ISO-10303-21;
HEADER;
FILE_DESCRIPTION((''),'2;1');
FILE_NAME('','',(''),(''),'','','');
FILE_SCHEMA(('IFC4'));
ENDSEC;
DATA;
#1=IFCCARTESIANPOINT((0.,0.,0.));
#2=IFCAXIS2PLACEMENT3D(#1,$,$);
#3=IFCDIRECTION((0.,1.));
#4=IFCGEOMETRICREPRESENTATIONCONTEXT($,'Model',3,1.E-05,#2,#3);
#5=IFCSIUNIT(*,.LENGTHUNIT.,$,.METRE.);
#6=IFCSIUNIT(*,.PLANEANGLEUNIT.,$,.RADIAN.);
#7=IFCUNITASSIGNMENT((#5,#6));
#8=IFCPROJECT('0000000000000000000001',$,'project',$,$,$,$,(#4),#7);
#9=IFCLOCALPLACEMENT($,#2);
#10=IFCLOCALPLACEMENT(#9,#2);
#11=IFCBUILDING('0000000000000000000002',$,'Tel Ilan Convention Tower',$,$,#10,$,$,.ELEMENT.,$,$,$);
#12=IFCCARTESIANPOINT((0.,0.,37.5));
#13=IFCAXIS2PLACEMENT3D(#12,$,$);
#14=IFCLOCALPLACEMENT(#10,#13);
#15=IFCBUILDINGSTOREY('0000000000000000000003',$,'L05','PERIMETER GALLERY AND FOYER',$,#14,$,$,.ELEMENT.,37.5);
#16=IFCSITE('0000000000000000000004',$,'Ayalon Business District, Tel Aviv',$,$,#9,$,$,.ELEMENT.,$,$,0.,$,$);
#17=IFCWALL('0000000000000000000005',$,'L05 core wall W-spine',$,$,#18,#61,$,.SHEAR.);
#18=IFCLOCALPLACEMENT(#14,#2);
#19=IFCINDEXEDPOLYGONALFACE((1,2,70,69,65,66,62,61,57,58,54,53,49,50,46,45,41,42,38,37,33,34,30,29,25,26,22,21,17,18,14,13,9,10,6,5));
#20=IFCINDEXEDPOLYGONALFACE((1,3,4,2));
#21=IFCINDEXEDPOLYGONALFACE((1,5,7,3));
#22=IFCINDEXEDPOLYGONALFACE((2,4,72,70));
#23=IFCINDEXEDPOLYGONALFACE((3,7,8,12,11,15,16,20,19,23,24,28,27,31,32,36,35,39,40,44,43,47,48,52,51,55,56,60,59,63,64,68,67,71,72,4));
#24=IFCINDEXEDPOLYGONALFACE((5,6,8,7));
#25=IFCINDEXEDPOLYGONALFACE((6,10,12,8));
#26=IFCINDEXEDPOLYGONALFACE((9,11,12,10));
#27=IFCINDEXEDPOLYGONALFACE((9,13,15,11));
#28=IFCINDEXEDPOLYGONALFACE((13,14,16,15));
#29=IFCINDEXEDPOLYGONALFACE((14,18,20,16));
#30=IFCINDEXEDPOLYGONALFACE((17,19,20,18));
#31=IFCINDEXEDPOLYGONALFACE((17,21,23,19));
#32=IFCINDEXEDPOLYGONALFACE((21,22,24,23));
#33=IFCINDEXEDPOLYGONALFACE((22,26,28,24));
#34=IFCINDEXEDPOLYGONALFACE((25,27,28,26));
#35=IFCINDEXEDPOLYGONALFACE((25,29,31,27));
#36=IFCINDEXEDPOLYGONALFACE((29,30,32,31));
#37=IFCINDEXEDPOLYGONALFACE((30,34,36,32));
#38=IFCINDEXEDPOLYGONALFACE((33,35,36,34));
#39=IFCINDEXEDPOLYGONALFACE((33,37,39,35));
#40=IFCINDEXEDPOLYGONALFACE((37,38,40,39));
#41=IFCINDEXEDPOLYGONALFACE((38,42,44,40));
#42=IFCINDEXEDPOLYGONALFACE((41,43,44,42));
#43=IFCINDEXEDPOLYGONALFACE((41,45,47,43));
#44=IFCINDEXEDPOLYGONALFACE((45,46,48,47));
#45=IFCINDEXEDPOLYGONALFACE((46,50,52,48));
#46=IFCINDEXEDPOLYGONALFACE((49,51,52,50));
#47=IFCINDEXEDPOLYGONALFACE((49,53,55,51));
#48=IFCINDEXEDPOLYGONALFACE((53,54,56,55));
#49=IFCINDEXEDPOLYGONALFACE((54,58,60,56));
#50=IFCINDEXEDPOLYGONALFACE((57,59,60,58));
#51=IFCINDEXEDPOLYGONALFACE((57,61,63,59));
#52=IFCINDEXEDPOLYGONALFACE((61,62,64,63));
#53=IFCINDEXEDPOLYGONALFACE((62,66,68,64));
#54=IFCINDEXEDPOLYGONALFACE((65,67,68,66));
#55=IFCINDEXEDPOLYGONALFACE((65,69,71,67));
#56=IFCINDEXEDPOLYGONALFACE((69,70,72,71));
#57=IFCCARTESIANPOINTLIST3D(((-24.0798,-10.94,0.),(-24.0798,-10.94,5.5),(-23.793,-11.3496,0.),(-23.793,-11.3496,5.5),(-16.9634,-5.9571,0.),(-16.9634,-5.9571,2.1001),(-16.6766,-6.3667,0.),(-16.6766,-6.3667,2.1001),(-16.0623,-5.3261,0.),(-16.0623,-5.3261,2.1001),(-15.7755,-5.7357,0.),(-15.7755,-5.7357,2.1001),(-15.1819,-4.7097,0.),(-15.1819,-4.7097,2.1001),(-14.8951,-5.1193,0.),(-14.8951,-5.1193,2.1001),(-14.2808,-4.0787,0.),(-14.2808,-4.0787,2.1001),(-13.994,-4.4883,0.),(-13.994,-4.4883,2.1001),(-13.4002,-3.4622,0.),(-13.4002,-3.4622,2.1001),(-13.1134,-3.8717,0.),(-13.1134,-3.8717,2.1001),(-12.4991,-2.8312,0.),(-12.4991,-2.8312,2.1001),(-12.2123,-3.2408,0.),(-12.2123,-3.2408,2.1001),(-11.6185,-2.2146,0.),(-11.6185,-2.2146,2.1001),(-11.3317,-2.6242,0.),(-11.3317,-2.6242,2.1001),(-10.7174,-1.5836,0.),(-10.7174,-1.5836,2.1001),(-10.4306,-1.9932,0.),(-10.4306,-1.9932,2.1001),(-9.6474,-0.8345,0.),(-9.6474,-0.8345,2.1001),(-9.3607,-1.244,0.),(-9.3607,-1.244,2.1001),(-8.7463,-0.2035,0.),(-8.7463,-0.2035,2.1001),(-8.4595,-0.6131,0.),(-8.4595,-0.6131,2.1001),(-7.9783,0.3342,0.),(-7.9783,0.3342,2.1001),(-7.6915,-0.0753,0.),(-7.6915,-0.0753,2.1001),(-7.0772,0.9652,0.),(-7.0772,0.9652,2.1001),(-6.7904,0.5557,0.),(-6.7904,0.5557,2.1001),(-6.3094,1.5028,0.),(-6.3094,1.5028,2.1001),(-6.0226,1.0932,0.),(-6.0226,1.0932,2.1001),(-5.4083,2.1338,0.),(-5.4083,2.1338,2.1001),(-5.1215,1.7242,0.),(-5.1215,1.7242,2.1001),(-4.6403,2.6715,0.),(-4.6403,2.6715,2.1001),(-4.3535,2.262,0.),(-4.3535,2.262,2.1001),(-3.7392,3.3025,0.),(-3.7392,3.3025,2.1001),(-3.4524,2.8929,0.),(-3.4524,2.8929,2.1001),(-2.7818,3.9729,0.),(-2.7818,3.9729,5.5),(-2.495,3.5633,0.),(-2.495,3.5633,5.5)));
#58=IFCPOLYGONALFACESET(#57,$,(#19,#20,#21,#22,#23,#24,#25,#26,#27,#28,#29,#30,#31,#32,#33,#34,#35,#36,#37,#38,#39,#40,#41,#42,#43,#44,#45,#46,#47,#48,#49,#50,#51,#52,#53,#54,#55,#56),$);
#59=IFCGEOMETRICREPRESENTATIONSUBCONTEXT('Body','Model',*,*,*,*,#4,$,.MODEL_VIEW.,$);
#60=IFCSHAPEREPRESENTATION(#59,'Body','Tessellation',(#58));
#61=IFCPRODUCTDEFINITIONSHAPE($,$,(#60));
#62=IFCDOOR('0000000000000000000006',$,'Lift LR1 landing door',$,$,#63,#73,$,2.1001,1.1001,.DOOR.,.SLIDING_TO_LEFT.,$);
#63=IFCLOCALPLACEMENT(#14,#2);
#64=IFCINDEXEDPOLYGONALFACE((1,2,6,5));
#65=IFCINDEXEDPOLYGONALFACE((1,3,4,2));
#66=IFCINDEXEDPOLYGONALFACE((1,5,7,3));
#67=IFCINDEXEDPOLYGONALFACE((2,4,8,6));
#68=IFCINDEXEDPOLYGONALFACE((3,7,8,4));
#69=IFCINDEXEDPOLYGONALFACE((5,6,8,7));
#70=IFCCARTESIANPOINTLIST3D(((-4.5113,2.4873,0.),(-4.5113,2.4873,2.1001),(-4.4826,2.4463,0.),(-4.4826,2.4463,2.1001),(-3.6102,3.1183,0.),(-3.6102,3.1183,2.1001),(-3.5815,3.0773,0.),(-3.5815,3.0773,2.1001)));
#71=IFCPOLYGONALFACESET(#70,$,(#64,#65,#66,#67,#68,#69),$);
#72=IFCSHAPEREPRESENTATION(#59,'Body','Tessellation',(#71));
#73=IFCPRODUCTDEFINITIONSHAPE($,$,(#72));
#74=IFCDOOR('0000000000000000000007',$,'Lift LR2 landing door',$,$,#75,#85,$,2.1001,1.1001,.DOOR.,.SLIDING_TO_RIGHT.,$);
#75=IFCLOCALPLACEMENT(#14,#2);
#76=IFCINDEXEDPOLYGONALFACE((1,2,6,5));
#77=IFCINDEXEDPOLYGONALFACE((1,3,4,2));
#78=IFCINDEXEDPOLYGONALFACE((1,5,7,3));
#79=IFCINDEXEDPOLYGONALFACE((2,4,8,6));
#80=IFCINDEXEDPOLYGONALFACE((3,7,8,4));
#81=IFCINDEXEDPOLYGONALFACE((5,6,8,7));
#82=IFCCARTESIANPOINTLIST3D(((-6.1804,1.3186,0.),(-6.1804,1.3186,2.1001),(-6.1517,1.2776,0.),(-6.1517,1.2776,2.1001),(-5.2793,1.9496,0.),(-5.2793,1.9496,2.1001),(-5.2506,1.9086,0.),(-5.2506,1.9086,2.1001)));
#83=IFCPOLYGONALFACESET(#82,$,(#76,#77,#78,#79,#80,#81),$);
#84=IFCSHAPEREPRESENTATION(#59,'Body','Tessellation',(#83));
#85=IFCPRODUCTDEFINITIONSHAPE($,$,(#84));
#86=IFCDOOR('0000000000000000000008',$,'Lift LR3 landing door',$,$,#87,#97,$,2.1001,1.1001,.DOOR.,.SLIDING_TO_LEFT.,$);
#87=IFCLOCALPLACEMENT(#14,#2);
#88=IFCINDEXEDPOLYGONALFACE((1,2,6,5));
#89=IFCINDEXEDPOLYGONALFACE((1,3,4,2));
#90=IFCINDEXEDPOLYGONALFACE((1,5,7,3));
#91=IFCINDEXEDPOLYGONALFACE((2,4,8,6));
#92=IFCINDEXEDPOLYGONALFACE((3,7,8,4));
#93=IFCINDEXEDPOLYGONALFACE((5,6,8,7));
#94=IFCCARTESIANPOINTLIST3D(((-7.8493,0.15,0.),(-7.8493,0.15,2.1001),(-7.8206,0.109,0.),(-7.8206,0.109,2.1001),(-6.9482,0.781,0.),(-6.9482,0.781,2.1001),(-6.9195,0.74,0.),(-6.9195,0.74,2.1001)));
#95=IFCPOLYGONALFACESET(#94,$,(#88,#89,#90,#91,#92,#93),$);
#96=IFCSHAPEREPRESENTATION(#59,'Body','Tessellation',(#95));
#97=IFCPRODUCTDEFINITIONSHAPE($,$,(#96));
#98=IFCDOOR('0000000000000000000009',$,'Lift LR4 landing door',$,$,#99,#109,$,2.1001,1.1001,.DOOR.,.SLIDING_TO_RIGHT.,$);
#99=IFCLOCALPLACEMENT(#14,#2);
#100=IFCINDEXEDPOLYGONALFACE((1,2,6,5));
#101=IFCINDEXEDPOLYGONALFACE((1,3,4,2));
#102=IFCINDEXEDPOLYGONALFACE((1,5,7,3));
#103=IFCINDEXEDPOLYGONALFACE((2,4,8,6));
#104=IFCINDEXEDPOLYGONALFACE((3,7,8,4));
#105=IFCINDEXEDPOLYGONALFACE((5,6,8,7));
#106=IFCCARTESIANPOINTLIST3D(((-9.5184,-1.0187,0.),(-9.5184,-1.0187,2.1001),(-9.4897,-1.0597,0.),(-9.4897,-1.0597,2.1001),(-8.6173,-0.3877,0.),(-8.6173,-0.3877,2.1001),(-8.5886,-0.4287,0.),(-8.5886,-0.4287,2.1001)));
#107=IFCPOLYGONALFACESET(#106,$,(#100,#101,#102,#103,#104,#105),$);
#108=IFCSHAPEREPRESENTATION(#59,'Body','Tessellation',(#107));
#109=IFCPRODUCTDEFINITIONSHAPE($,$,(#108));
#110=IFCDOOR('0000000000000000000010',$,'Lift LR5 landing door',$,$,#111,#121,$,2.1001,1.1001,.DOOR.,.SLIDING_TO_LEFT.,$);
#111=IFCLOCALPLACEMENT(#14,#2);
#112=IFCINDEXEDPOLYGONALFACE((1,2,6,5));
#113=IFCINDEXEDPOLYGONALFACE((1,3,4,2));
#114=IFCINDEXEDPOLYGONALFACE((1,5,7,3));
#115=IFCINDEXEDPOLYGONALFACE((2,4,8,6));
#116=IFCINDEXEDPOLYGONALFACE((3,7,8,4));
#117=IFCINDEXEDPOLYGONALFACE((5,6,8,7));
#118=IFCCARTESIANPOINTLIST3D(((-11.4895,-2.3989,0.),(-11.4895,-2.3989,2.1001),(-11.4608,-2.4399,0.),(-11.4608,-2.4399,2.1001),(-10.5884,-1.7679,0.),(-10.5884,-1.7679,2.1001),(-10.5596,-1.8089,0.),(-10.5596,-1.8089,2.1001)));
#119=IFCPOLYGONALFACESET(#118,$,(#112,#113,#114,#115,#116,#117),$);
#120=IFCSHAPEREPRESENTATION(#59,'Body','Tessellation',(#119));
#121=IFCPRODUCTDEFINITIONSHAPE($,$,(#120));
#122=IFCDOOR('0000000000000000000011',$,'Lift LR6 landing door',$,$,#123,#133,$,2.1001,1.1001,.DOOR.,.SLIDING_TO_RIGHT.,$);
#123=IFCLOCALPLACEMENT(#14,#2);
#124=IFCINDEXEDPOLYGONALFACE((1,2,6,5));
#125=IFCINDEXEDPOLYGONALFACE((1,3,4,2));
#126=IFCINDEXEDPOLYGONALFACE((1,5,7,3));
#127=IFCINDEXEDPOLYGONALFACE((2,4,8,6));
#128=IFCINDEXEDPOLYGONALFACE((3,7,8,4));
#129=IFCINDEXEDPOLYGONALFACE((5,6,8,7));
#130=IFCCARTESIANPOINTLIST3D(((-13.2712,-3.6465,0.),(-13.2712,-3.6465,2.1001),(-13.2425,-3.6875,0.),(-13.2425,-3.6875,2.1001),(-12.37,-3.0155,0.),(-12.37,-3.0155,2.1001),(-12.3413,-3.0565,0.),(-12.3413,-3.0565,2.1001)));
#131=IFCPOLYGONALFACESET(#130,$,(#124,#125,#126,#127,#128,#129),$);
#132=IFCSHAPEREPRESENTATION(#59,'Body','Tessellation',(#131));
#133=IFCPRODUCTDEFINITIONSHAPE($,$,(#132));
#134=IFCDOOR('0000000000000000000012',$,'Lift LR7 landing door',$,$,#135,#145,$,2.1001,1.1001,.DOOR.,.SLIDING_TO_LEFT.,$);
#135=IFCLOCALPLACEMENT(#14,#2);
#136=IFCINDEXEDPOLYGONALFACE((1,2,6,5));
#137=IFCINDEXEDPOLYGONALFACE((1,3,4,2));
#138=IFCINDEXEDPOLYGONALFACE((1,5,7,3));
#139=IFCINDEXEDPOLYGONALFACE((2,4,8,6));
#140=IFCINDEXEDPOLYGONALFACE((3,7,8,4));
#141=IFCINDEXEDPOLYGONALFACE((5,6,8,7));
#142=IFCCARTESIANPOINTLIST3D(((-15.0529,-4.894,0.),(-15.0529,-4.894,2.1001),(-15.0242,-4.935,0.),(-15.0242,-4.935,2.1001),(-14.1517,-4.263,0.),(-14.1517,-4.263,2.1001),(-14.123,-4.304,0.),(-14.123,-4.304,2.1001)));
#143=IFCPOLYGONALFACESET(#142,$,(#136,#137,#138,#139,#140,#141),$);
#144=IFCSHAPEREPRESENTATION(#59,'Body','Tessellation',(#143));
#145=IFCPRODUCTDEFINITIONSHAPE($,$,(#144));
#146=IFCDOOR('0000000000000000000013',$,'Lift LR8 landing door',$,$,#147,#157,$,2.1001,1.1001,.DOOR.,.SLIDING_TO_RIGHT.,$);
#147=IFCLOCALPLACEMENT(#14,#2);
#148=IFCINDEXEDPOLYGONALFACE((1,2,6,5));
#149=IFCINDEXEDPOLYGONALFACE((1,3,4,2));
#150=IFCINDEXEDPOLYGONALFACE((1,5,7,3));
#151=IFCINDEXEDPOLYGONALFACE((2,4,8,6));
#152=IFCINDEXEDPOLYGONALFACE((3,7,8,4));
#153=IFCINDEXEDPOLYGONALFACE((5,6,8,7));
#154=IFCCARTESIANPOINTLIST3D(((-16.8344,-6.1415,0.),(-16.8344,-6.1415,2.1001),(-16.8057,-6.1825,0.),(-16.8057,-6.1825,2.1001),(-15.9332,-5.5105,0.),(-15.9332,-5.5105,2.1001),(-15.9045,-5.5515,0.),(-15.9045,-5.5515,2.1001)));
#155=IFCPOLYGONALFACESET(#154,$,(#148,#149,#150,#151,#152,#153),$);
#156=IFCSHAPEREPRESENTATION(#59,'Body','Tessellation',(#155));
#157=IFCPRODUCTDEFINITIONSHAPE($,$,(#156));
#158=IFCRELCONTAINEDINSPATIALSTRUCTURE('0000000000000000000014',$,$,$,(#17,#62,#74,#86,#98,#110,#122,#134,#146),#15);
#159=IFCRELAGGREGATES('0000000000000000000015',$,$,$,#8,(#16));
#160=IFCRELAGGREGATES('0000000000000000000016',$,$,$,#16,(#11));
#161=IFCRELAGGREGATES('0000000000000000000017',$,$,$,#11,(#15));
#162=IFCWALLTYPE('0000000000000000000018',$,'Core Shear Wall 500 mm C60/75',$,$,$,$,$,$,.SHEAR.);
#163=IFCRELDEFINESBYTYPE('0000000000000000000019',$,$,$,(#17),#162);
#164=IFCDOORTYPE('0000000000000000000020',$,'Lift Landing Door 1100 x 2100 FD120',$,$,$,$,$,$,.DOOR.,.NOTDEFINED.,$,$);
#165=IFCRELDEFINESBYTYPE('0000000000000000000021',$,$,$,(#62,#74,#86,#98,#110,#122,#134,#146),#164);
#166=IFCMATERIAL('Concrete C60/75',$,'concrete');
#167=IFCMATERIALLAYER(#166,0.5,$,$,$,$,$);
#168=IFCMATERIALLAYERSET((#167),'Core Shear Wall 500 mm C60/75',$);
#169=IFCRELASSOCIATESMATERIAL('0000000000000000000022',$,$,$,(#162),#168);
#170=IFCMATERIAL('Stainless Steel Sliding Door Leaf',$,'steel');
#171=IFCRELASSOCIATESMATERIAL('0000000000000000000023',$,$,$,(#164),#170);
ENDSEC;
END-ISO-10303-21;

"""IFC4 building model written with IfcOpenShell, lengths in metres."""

from ifc_helpers import new_model, si_unit, direction, frame, frame_2d, origin, place, context, subcontext, project, spatial, polyline, rectangle, outline, extrude, material, layer, layer_set, type_object, element, fill, save


model = new_model("IFC4")

# Units and contexts
model_context = context("Model", 3, precision=1e-05, world=origin(), true_north=direction((0.0, 1.0)))
body_context = subcontext(model_context, "Body", "Model", "MODEL_VIEW")
ifc_project = project(units=[si_unit("LENGTHUNIT", "METRE"), si_unit("PLANEANGLEUNIT", "RADIAN")], contexts=[model_context])

# Site, building, storey
site_placement = place(None, origin())
site = spatial("IfcSite", under=ifc_project, at=site_placement, Name="Ayalon Business District, Tel Aviv", CompositionType="ELEMENT", RefElevation=0.0)
building_placement = place(site_placement, origin())
building = spatial("IfcBuilding", under=site, at=building_placement, Name="Tel Ilan Convention Tower", CompositionType="ELEMENT")
storey_placement = place(building_placement, frame((0.0, 0.0, 37.5)))
storey = spatial("IfcBuildingStorey", under=building, at=storey_placement, Name="L05", Description="PERIMETER GALLERY AND FOYER", CompositionType="ELEMENT", Elevation=37.5)

# Wall, openings, doors
ifc_material_1 = material(Name="Concrete C60/75", Category="concrete")
ifc_layer_1 = layer(ifc_material_1, 0.5)
ifc_layer_set_1 = layer_set([ifc_layer_1], Name="Core Shear Wall 500 mm C60/75")
wall_type_1 = type_object("IfcWallType", Name="Core Shear Wall 500 mm C60/75", PredefinedType="SHEAR", material=ifc_layer_set_1)
wall_1_placement = place(storey_placement, frame((-2.6384, 3.7681, 0.0), z_axis=(0.0, 0.0, 1.0), x_axis=(-0.819149, -0.573581, 0.0)))
wall_1 = element("IfcWall", 1, at=wall_1_placement, inside=storey, type_object=wall_type_1, Name="L05 core wall W-spine", PredefinedType="SHEAR", context=body_context, shape_type="SweptSolid", body=[
    extrude(outline(polyline([(26.0, 0.2498), (0.0, 0.25), (0.0, -0.25), (26.0, -0.2502), (26.0, 0.2498)])), origin(), (0.0, 0.0, 1.0), 5.5),
])
opening_1_placement = place(wall_1_placement, frame((1.1687, 0.0, 0.0)))
opening_1 = element("IfcOpeningElement", 2, at=opening_1_placement, cuts=wall_1, PredefinedType="OPENING", context=body_context, shape_type="SweptSolid", body=[
    extrude(rectangle(XDim=1.1001, YDim=2.1001, at=frame_2d((0.55, 1.05))), frame((0.0, 0.26, 0.0), z_axis=(0.0, -1.0, 0.0), x_axis=(1.0, 0.0, 0.0)), (0.0, 0.0, 1.0), 0.52),
])
opening_2_placement = place(wall_1_placement, frame((3.2063, 0.0, 0.0)))
opening_2 = element("IfcOpeningElement", 3, at=opening_2_placement, cuts=wall_1, PredefinedType="OPENING", context=body_context, shape_type="SweptSolid", body=[
    extrude(rectangle(XDim=1.1001, YDim=2.1001, at=frame_2d((0.55, 1.05))), frame((0.0, 0.26, 0.0), z_axis=(0.0, -1.0, 0.0), x_axis=(1.0, 0.0, 0.0)), (0.0, 0.0, 1.0), 0.52),
])
opening_3_placement = place(wall_1_placement, frame((5.2437, 0.0, 0.0)))
opening_3 = element("IfcOpeningElement", 4, at=opening_3_placement, cuts=wall_1, PredefinedType="OPENING", context=body_context, shape_type="SweptSolid", body=[
    extrude(rectangle(XDim=1.1001, YDim=2.1001, at=frame_2d((0.55, 1.05))), frame((0.0, 0.26, 0.0), z_axis=(0.0, -1.0, 0.0), x_axis=(1.0, 0.0, 0.0)), (0.0, 0.0, 1.0), 0.52),
])
opening_4_placement = place(wall_1_placement, frame((7.2812, 0.0, 0.0)))
opening_4 = element("IfcOpeningElement", 5, at=opening_4_placement, cuts=wall_1, PredefinedType="OPENING", context=body_context, shape_type="SweptSolid", body=[
    extrude(rectangle(XDim=1.1001, YDim=2.1001, at=frame_2d((0.55, 1.05))), frame((0.0, 0.26, 0.0), z_axis=(0.0, -1.0, 0.0), x_axis=(1.0, 0.0, 0.0)), (0.0, 0.0, 1.0), 0.52),
])
opening_5_placement = place(wall_1_placement, frame((9.6875, 0.0, 0.0)))
opening_5 = element("IfcOpeningElement", 6, at=opening_5_placement, cuts=wall_1, PredefinedType="OPENING", context=body_context, shape_type="SweptSolid", body=[
    extrude(rectangle(XDim=1.1001, YDim=2.1001, at=frame_2d((0.55, 1.05))), frame((0.0, 0.26, 0.0), z_axis=(0.0, -1.0, 0.0), x_axis=(1.0, 0.0, 0.0)), (0.0, 0.0, 1.0), 0.52),
])
opening_6_placement = place(wall_1_placement, frame((11.8625, 0.0, 0.0)))
opening_6 = element("IfcOpeningElement", 7, at=opening_6_placement, cuts=wall_1, PredefinedType="OPENING", context=body_context, shape_type="SweptSolid", body=[
    extrude(rectangle(XDim=1.1001, YDim=2.1001, at=frame_2d((0.55, 1.05))), frame((0.0, 0.26, 0.0), z_axis=(0.0, -1.0, 0.0), x_axis=(1.0, 0.0, 0.0)), (0.0, 0.0, 1.0), 0.52),
])
opening_7_placement = place(wall_1_placement, frame((14.0376, 0.0, 0.0)))
opening_7 = element("IfcOpeningElement", 8, at=opening_7_placement, cuts=wall_1, PredefinedType="OPENING", context=body_context, shape_type="SweptSolid", body=[
    extrude(rectangle(XDim=1.1001, YDim=2.1001, at=frame_2d((0.55, 1.05))), frame((0.0, 0.26, 0.0), z_axis=(0.0, -1.0, 0.0), x_axis=(1.0, 0.0, 0.0)), (0.0, 0.0, 1.0), 0.52),
])
opening_8_placement = place(wall_1_placement, frame((16.2124, 0.0, 0.0)))
opening_8 = element("IfcOpeningElement", 9, at=opening_8_placement, cuts=wall_1, PredefinedType="OPENING", context=body_context, shape_type="SweptSolid", body=[
    extrude(rectangle(XDim=1.1001, YDim=2.1001, at=frame_2d((0.55, 1.05))), frame((0.0, 0.26, 0.0), z_axis=(0.0, -1.0, 0.0), x_axis=(1.0, 0.0, 0.0)), (0.0, 0.0, 1.0), 0.52),
])
ifc_material_2 = material(Name="Stainless Steel Sliding Door Leaf", Category="steel")
door_type = type_object("IfcDoorType", Name="Lift Landing Door 1100 x 2100 FD120", OperationType="NOTDEFINED", PredefinedType="DOOR", material=ifc_material_2)
door_1_placement = place(opening_1_placement, origin())
door_1 = element("IfcDoor", 10, at=door_1_placement, inside=storey, type_object=door_type, Name="Lift LR1 landing door", OperationType="SLIDING_TO_LEFT", OverallHeight=2.1001, OverallWidth=1.1001, PredefinedType="DOOR", context=body_context, shape_type="SweptSolid", body=[
    extrude(rectangle(XDim=1.1001, YDim=2.1001, at=frame_2d((0.55, 1.05))), frame((0.0, 0.0249, 0.0), z_axis=(0.0, -1.0, 0.0), x_axis=(1.0, 0.0, 0.0)), (0.0, 0.0, 1.0), 0.05),
])
fill(opening_1, door_1)
door_2_placement = place(opening_2_placement, origin())
door_2 = element("IfcDoor", 11, at=door_2_placement, inside=storey, type_object=door_type, Name="Lift LR2 landing door", OperationType="SLIDING_TO_RIGHT", OverallHeight=2.1001, OverallWidth=1.1001, PredefinedType="DOOR", context=body_context, shape_type="SweptSolid", body=[
    extrude(rectangle(XDim=1.1001, YDim=2.1001, at=frame_2d((0.55, 1.05))), frame((0.0, 0.0249, 0.0), z_axis=(0.0, -1.0, 0.0), x_axis=(1.0, 0.0, 0.0)), (0.0, 0.0, 1.0), 0.05),
])
fill(opening_2, door_2)
door_3_placement = place(opening_3_placement, origin())
door_3 = element("IfcDoor", 12, at=door_3_placement, inside=storey, type_object=door_type, Name="Lift LR3 landing door", OperationType="SLIDING_TO_LEFT", OverallHeight=2.1001, OverallWidth=1.1001, PredefinedType="DOOR", context=body_context, shape_type="SweptSolid", body=[
    extrude(rectangle(XDim=1.1001, YDim=2.1001, at=frame_2d((0.55, 1.05))), frame((0.0, 0.0249, 0.0), z_axis=(0.0, -1.0, 0.0), x_axis=(1.0, 0.0, 0.0)), (0.0, 0.0, 1.0), 0.05),
])
fill(opening_3, door_3)
door_4_placement = place(opening_4_placement, origin())
door_4 = element("IfcDoor", 13, at=door_4_placement, inside=storey, type_object=door_type, Name="Lift LR4 landing door", OperationType="SLIDING_TO_RIGHT", OverallHeight=2.1001, OverallWidth=1.1001, PredefinedType="DOOR", context=body_context, shape_type="SweptSolid", body=[
    extrude(rectangle(XDim=1.1001, YDim=2.1001, at=frame_2d((0.55, 1.05))), frame((0.0, 0.0249, 0.0), z_axis=(0.0, -1.0, 0.0), x_axis=(1.0, 0.0, 0.0)), (0.0, 0.0, 1.0), 0.05),
])
fill(opening_4, door_4)
door_5_placement = place(opening_5_placement, origin())
door_5 = element("IfcDoor", 14, at=door_5_placement, inside=storey, type_object=door_type, Name="Lift LR5 landing door", OperationType="SLIDING_TO_LEFT", OverallHeight=2.1001, OverallWidth=1.1001, PredefinedType="DOOR", context=body_context, shape_type="SweptSolid", body=[
    extrude(rectangle(XDim=1.1001, YDim=2.1001, at=frame_2d((0.55, 1.05))), frame((0.0, 0.0249, 0.0), z_axis=(0.0, -1.0, 0.0), x_axis=(1.0, 0.0, 0.0)), (0.0, 0.0, 1.0), 0.05),
])
fill(opening_5, door_5)
door_6_placement = place(opening_6_placement, origin())
door_6 = element("IfcDoor", 15, at=door_6_placement, inside=storey, type_object=door_type, Name="Lift LR6 landing door", OperationType="SLIDING_TO_RIGHT", OverallHeight=2.1001, OverallWidth=1.1001, PredefinedType="DOOR", context=body_context, shape_type="SweptSolid", body=[
    extrude(rectangle(XDim=1.1001, YDim=2.1001, at=frame_2d((0.55, 1.05))), frame((0.0, 0.0249, 0.0), z_axis=(0.0, -1.0, 0.0), x_axis=(1.0, 0.0, 0.0)), (0.0, 0.0, 1.0), 0.05),
])
fill(opening_6, door_6)
door_7_placement = place(opening_7_placement, origin())
door_7 = element("IfcDoor", 16, at=door_7_placement, inside=storey, type_object=door_type, Name="Lift LR7 landing door", OperationType="SLIDING_TO_LEFT", OverallHeight=2.1001, OverallWidth=1.1001, PredefinedType="DOOR", context=body_context, shape_type="SweptSolid", body=[
    extrude(rectangle(XDim=1.1001, YDim=2.1001, at=frame_2d((0.55, 1.05))), frame((0.0, 0.0249, 0.0), z_axis=(0.0, -1.0, 0.0), x_axis=(1.0, 0.0, 0.0)), (0.0, 0.0, 1.0), 0.05),
])
fill(opening_7, door_7)
door_8_placement = place(opening_8_placement, origin())
door_8 = element("IfcDoor", 17, at=door_8_placement, inside=storey, type_object=door_type, Name="Lift LR8 landing door", OperationType="SLIDING_TO_RIGHT", OverallHeight=2.1001, OverallWidth=1.1001, PredefinedType="DOOR", context=body_context, shape_type="SweptSolid", body=[
    extrude(rectangle(XDim=1.1001, YDim=2.1001, at=frame_2d((0.55, 1.05))), frame((0.0, 0.0249, 0.0), z_axis=(0.0, -1.0, 0.0), x_axis=(1.0, 0.0, 0.0)), (0.0, 0.0, 1.0), 0.05),
])
fill(opening_8, door_8)

save(model, "model.ifc")
